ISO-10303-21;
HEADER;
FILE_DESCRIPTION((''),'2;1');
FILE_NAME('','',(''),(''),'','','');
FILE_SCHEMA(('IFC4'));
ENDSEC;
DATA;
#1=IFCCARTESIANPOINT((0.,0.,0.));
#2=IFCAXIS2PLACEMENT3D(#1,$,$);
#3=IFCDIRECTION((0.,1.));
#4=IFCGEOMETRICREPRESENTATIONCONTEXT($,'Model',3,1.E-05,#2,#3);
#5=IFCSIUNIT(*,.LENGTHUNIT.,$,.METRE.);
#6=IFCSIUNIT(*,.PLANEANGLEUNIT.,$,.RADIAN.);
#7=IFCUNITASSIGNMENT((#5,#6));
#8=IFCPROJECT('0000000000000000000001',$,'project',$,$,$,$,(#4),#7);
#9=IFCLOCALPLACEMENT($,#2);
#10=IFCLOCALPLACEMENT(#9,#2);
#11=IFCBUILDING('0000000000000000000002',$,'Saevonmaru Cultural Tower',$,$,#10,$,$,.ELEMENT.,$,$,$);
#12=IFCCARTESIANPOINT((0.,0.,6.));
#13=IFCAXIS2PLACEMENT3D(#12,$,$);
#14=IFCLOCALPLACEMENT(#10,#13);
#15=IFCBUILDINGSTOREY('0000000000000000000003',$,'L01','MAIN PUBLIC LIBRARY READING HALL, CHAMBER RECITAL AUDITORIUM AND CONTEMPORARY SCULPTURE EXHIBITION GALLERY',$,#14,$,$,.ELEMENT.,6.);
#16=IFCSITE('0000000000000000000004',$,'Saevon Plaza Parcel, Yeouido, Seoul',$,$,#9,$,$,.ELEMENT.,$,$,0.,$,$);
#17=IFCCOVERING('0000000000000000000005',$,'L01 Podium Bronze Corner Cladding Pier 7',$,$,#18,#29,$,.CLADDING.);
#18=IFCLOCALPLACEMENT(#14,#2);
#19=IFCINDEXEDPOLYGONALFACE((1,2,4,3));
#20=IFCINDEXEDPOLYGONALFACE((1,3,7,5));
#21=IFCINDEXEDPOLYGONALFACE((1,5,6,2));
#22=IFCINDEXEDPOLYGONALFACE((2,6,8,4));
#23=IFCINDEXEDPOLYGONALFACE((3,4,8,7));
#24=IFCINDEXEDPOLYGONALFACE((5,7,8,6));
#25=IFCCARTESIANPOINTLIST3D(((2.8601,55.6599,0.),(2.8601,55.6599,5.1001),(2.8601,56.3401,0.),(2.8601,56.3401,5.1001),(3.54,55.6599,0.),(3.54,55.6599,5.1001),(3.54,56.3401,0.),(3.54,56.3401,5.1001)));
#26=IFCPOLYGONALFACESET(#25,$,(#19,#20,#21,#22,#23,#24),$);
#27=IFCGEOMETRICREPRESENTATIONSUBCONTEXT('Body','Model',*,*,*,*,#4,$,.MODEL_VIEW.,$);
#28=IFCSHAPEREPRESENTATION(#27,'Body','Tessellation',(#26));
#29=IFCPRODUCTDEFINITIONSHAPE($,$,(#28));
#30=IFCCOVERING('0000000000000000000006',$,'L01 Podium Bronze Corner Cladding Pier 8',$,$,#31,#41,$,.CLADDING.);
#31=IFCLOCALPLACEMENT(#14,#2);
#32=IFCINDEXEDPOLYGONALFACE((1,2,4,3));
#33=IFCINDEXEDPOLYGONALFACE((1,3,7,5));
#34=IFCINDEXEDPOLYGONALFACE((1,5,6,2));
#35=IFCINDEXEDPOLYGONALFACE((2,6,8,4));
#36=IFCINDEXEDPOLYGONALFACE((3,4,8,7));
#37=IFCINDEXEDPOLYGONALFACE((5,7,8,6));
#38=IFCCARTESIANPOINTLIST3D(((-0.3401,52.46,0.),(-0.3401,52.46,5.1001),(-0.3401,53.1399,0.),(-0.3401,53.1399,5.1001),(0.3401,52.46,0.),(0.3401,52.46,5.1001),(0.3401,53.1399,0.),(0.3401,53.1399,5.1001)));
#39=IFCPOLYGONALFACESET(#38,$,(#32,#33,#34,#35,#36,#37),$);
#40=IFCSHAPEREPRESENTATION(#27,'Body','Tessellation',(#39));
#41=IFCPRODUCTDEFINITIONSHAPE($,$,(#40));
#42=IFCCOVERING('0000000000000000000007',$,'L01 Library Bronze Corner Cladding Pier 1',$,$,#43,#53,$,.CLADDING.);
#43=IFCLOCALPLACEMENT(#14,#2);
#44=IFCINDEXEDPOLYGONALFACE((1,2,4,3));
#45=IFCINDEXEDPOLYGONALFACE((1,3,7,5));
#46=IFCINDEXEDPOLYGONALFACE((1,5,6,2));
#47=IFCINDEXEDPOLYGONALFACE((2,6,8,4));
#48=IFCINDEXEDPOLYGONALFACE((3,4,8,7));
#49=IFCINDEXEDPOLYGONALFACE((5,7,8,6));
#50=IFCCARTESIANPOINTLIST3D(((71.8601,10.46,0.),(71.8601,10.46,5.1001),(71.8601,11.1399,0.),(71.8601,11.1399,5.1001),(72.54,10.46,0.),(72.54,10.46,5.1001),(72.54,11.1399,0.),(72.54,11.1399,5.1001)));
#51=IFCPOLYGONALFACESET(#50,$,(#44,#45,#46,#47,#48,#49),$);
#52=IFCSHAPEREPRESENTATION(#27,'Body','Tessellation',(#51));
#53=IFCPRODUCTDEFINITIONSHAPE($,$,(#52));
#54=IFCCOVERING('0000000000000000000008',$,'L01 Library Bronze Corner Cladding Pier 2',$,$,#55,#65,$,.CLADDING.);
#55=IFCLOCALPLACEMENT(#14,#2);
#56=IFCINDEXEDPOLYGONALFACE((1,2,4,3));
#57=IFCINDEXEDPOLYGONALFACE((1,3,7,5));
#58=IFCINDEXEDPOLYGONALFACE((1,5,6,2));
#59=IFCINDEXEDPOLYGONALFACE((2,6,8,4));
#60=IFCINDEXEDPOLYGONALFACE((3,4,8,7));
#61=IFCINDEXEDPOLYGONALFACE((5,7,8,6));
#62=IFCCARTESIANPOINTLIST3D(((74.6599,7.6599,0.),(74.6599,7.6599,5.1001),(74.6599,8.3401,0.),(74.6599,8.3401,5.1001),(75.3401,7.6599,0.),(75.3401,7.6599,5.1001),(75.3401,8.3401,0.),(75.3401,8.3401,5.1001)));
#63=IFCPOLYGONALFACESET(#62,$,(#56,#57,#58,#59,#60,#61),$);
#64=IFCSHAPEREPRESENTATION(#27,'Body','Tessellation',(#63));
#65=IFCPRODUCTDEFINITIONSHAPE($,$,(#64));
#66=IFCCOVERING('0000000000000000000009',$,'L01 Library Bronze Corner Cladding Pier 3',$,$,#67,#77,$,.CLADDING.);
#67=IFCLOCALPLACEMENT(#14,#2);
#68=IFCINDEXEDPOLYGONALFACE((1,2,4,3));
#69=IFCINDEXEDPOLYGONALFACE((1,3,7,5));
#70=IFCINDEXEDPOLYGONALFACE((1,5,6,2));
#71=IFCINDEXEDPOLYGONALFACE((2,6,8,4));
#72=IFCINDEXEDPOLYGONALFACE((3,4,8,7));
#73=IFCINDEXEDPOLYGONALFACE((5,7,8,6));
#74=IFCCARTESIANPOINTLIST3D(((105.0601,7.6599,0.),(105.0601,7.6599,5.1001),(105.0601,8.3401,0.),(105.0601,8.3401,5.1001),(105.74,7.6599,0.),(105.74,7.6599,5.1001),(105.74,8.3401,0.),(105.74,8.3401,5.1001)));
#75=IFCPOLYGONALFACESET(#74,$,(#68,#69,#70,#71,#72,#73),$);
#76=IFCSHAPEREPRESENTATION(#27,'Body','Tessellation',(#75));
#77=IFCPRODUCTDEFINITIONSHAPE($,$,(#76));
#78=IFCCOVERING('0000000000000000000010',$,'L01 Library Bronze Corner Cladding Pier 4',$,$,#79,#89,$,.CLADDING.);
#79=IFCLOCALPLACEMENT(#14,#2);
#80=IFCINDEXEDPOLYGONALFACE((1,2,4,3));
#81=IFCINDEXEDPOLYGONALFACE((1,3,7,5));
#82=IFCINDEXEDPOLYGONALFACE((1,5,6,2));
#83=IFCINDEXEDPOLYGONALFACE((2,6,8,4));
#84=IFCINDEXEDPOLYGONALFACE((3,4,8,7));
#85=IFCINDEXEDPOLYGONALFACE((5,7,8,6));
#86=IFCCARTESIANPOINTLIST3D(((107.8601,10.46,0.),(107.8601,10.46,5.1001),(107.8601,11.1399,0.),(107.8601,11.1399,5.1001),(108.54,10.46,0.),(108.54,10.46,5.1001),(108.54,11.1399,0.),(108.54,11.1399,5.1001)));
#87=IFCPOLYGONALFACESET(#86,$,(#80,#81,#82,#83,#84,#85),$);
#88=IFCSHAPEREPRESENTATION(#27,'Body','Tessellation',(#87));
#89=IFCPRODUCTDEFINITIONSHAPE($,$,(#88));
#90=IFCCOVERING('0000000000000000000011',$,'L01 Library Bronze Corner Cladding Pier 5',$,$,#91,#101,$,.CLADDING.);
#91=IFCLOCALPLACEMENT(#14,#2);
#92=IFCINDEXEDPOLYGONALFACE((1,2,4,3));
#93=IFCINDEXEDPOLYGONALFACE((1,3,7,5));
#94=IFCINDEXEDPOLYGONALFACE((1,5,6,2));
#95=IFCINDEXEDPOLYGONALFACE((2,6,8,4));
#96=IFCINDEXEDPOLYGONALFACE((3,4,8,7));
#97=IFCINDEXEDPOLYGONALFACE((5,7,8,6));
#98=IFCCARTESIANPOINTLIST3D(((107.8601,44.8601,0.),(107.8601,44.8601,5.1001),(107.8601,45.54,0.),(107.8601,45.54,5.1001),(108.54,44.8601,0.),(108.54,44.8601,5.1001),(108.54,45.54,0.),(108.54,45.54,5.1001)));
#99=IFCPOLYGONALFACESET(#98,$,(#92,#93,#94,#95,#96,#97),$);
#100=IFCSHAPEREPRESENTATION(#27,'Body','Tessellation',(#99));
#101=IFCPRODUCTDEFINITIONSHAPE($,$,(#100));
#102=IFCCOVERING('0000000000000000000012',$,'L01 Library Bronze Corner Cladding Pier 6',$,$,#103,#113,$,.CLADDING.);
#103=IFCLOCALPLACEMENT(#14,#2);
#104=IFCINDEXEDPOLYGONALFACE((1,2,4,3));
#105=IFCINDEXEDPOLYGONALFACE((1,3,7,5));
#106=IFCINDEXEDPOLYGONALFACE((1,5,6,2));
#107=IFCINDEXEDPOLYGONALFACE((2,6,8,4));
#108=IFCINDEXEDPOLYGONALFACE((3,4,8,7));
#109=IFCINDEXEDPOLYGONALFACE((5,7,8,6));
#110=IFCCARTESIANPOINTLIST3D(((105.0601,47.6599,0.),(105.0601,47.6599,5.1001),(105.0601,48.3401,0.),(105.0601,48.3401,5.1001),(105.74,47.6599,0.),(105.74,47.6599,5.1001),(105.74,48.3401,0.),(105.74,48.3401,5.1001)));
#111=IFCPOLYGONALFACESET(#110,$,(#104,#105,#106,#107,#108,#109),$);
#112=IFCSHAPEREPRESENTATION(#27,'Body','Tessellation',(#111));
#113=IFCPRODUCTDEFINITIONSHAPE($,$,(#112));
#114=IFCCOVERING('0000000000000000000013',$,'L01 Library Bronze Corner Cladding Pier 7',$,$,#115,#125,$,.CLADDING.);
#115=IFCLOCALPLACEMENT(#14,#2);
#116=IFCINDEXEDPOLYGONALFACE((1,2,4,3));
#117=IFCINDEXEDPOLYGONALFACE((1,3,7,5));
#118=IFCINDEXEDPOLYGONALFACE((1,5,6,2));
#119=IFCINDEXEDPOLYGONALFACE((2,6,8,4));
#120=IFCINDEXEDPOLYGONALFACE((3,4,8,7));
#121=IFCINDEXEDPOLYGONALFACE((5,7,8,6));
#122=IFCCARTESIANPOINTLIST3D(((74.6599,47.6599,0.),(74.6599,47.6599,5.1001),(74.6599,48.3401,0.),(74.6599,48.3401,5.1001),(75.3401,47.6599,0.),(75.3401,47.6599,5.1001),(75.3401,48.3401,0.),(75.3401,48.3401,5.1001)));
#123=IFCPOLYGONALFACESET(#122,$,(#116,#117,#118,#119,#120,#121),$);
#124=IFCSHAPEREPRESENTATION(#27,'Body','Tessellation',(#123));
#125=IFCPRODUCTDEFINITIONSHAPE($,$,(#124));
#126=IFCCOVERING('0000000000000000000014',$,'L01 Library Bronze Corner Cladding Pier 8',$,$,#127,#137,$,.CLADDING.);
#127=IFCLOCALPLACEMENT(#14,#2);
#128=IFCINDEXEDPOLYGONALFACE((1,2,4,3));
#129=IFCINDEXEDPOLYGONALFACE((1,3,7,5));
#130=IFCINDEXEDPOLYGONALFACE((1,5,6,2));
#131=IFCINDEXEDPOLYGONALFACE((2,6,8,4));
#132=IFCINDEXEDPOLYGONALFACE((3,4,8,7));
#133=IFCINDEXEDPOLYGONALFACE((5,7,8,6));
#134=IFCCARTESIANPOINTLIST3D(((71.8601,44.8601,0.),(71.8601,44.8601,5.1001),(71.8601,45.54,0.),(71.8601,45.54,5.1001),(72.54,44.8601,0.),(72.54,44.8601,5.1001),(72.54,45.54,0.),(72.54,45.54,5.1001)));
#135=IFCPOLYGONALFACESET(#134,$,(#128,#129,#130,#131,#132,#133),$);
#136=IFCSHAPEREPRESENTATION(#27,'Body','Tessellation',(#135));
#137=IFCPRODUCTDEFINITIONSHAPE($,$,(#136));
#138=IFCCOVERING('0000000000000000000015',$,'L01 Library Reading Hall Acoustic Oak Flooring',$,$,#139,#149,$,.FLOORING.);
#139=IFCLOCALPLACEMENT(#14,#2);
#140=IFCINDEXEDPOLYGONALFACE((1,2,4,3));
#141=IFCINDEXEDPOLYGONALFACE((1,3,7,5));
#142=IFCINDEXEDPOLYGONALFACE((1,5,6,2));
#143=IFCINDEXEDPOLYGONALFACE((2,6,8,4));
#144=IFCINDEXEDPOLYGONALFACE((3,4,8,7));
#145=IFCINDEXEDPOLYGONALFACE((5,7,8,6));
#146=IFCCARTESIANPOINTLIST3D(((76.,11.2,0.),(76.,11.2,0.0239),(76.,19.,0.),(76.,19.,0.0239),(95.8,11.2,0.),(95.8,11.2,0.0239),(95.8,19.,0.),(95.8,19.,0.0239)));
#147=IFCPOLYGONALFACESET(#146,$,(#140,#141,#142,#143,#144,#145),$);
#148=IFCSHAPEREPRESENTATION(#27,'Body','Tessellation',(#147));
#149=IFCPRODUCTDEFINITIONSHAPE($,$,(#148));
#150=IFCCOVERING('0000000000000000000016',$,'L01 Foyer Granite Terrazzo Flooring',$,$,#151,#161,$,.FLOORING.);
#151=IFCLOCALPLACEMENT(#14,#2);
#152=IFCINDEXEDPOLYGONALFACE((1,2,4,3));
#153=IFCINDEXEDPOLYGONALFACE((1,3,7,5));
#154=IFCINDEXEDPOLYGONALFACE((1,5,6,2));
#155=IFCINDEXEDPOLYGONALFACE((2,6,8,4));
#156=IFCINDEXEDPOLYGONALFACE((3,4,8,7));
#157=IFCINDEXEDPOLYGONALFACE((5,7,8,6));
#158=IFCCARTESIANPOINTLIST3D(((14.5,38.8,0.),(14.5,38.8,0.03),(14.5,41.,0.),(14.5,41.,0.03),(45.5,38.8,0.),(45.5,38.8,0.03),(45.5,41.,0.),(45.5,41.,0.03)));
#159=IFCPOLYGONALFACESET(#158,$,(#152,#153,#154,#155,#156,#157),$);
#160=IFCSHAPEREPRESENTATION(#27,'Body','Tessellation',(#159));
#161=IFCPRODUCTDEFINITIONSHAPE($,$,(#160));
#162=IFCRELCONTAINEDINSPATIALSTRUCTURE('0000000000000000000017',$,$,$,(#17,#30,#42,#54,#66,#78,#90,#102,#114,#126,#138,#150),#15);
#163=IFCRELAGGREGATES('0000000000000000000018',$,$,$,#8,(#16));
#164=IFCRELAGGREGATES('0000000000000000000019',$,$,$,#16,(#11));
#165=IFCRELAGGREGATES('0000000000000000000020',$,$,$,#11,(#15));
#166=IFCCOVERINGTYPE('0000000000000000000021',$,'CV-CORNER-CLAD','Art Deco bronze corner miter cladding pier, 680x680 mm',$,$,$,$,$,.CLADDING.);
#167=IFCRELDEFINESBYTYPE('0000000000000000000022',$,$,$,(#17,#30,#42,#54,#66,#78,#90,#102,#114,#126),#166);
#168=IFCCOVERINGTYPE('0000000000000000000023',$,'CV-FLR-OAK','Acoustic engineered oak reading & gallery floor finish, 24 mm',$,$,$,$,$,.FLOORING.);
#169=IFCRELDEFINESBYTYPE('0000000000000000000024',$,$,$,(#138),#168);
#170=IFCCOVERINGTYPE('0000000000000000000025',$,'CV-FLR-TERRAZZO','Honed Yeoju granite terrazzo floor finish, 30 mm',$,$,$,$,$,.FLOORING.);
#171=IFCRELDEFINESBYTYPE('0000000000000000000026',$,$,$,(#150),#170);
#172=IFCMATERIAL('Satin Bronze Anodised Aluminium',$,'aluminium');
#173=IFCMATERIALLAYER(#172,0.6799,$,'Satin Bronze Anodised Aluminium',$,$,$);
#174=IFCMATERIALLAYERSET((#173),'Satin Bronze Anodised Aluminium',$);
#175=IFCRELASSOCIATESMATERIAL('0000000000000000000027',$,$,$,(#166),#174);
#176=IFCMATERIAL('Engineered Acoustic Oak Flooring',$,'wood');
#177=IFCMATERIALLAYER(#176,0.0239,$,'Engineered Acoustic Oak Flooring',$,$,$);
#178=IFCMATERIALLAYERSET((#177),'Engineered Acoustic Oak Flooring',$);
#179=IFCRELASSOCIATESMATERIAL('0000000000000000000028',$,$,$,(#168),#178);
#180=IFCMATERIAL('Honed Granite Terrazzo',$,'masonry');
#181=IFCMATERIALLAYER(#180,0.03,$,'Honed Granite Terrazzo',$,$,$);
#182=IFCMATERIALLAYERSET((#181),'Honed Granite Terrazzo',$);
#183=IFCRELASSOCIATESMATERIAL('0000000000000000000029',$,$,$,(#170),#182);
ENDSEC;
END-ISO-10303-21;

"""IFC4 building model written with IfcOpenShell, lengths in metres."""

from ifc_helpers import new_model, si_unit, direction, frame, origin, place, context, subcontext, project, spatial, polyline, outline, extrude, material, layer, layer_set, type_object, element, save


model = new_model("IFC4")

# Units and contexts
model_context = context("Model", 3, precision=1e-05, world=origin(), true_north=direction((0.0, 1.0)))
body_context = subcontext(model_context, "Body", "Model", "MODEL_VIEW")
ifc_project = project(units=[si_unit("LENGTHUNIT", "METRE"), si_unit("PLANEANGLEUNIT", "RADIAN")], contexts=[model_context])

# Site, building, storey
site_placement = place(None, origin())
site = spatial("IfcSite", under=ifc_project, at=site_placement, Name="Saevon Plaza Parcel, Yeouido, Seoul", CompositionType="ELEMENT", RefElevation=0.0)
building_placement = place(site_placement, origin())
building = spatial("IfcBuilding", under=site, at=building_placement, Name="Saevonmaru Cultural Tower", CompositionType="ELEMENT")
storey_placement = place(building_placement, frame((0.0, 0.0, 6.0)))
storey = spatial("IfcBuildingStorey", under=building, at=storey_placement, Name="L01", Description="MAIN PUBLIC LIBRARY READING HALL, CHAMBER RECITAL AUDITORIUM AND CONTEMPORARY SCULPTURE EXHIBITION GALLERY", CompositionType="ELEMENT", Elevation=6.0)

# Shared definitions
ifc_material_1 = material(Name="Satin Bronze Anodised Aluminium", Category="aluminium")

# Coverings
ifc_layer_1 = layer(ifc_material_1, 0.6799, Name="Satin Bronze Anodised Aluminium")
ifc_layer_set_1 = layer_set([ifc_layer_1], Name="Satin Bronze Anodised Aluminium")
covering_type_1 = type_object("IfcCoveringType", Name="CV-CORNER-CLAD", Description="Art Deco bronze corner miter cladding pier, 680x680 mm", PredefinedType="CLADDING", material=ifc_layer_set_1)
covering_1_placement = place(storey_placement, origin())
element("IfcCovering", 1, at=covering_1_placement, inside=storey, type_object=covering_type_1, Name="L01 Podium Bronze Corner Cladding Pier 7", PredefinedType="CLADDING", context=body_context, shape_type="SweptSolid", body=[
    extrude(outline(polyline([(2.8601, 55.6599), (3.54, 55.6599), (3.54, 56.3401), (2.8601, 56.3401), (2.8601, 55.6599)])), origin(), (0.0, 0.0, 1.0), 5.1001),
])
covering_2_placement = place(storey_placement, origin())
element("IfcCovering", 2, at=covering_2_placement, inside=storey, type_object=covering_type_1, Name="L01 Podium Bronze Corner Cladding Pier 8", PredefinedType="CLADDING", context=body_context, shape_type="SweptSolid", body=[
    extrude(outline(polyline([(-0.3401, 52.46), (0.3401, 52.46), (0.3401, 53.1399), (-0.3401, 53.1399), (-0.3401, 52.46)])), origin(), (0.0, 0.0, 1.0), 5.1001),
])
covering_3_placement = place(storey_placement, origin())
element("IfcCovering", 3, at=covering_3_placement, inside=storey, type_object=covering_type_1, Name="L01 Library Bronze Corner Cladding Pier 1", PredefinedType="CLADDING", context=body_context, shape_type="SweptSolid", body=[
    extrude(outline(polyline([(71.8601, 10.46), (72.54, 10.46), (72.54, 11.1399), (71.8601, 11.1399), (71.8601, 10.46)])), origin(), (0.0, 0.0, 1.0), 5.1001),
])
covering_4_placement = place(storey_placement, origin())
element("IfcCovering", 4, at=covering_4_placement, inside=storey, type_object=covering_type_1, Name="L01 Library Bronze Corner Cladding Pier 2", PredefinedType="CLADDING", context=body_context, shape_type="SweptSolid", body=[
    extrude(outline(polyline([(74.6599, 7.6599), (75.3401, 7.6599), (75.3401, 8.3401), (74.6599, 8.3401), (74.6599, 7.6599)])), origin(), (0.0, 0.0, 1.0), 5.1001),
])
covering_5_placement = place(storey_placement, origin())
element("IfcCovering", 5, at=covering_5_placement, inside=storey, type_object=covering_type_1, Name="L01 Library Bronze Corner Cladding Pier 3", PredefinedType="CLADDING", context=body_context, shape_type="SweptSolid", body=[
    extrude(outline(polyline([(105.0601, 7.6599), (105.74, 7.6599), (105.74, 8.3401), (105.0601, 8.3401), (105.0601, 7.6599)])), origin(), (0.0, 0.0, 1.0), 5.1001),
])
covering_6_placement = place(storey_placement, origin())
element("IfcCovering", 6, at=covering_6_placement, inside=storey, type_object=covering_type_1, Name="L01 Library Bronze Corner Cladding Pier 4", PredefinedType="CLADDING", context=body_context, shape_type="SweptSolid", body=[
    extrude(outline(polyline([(107.8601, 10.46), (108.54, 10.46), (108.54, 11.1399), (107.8601, 11.1399), (107.8601, 10.46)])), origin(), (0.0, 0.0, 1.0), 5.1001),
])
covering_7_placement = place(storey_placement, origin())
element("IfcCovering", 7, at=covering_7_placement, inside=storey, type_object=covering_type_1, Name="L01 Library Bronze Corner Cladding Pier 5", PredefinedType="CLADDING", context=body_context, shape_type="SweptSolid", body=[
    extrude(outline(polyline([(107.8601, 44.8601), (108.54, 44.8601), (108.54, 45.54), (107.8601, 45.54), (107.8601, 44.8601)])), origin(), (0.0, 0.0, 1.0), 5.1001),
])
covering_8_placement = place(storey_placement, origin())
element("IfcCovering", 8, at=covering_8_placement, inside=storey, type_object=covering_type_1, Name="L01 Library Bronze Corner Cladding Pier 6", PredefinedType="CLADDING", context=body_context, shape_type="SweptSolid", body=[
    extrude(outline(polyline([(105.0601, 47.6599), (105.74, 47.6599), (105.74, 48.3401), (105.0601, 48.3401), (105.0601, 47.6599)])), origin(), (0.0, 0.0, 1.0), 5.1001),
])
covering_9_placement = place(storey_placement, origin())
element("IfcCovering", 9, at=covering_9_placement, inside=storey, type_object=covering_type_1, Name="L01 Library Bronze Corner Cladding Pier 7", PredefinedType="CLADDING", context=body_context, shape_type="SweptSolid", body=[
    extrude(outline(polyline([(74.6599, 47.6599), (75.3401, 47.6599), (75.3401, 48.3401), (74.6599, 48.3401), (74.6599, 47.6599)])), origin(), (0.0, 0.0, 1.0), 5.1001),
])
covering_10_placement = place(storey_placement, origin())
element("IfcCovering", 10, at=covering_10_placement, inside=storey, type_object=covering_type_1, Name="L01 Library Bronze Corner Cladding Pier 8", PredefinedType="CLADDING", context=body_context, shape_type="SweptSolid", body=[
    extrude(outline(polyline([(71.8601, 44.8601), (72.54, 44.8601), (72.54, 45.54), (71.8601, 45.54), (71.8601, 44.8601)])), origin(), (0.0, 0.0, 1.0), 5.1001),
])
ifc_material_2 = material(Name="Engineered Acoustic Oak Flooring", Category="wood")
ifc_layer_2 = layer(ifc_material_2, 0.0239, Name="Engineered Acoustic Oak Flooring")
ifc_layer_set_2 = layer_set([ifc_layer_2], Name="Engineered Acoustic Oak Flooring")
covering_type_2 = type_object("IfcCoveringType", Name="CV-FLR-OAK", Description="Acoustic engineered oak reading & gallery floor finish, 24 mm", PredefinedType="FLOORING", material=ifc_layer_set_2)
covering_11_placement = place(storey_placement, origin())
element("IfcCovering", 11, at=covering_11_placement, inside=storey, type_object=covering_type_2, Name="L01 Library Reading Hall Acoustic Oak Flooring", PredefinedType="FLOORING", context=body_context, shape_type="SweptSolid", body=[
    extrude(outline(polyline([(76.0, 11.2), (95.8, 11.2), (95.8, 19.0), (76.0, 19.0), (76.0, 11.2)])), origin(), (0.0, 0.0, 1.0), 0.0239),
])
ifc_material_3 = material(Name="Honed Granite Terrazzo", Category="masonry")
ifc_layer_3 = layer(ifc_material_3, 0.03, Name="Honed Granite Terrazzo")
ifc_layer_set_3 = layer_set([ifc_layer_3], Name="Honed Granite Terrazzo")
covering_type_3 = type_object("IfcCoveringType", Name="CV-FLR-TERRAZZO", Description="Honed Yeoju granite terrazzo floor finish, 30 mm", PredefinedType="FLOORING", material=ifc_layer_set_3)
covering_12_placement = place(storey_placement, origin())
element("IfcCovering", 12, at=covering_12_placement, inside=storey, type_object=covering_type_3, Name="L01 Foyer Granite Terrazzo Flooring", PredefinedType="FLOORING", context=body_context, shape_type="SweptSolid", body=[
    extrude(outline(polyline([(14.5, 38.8), (45.5, 38.8), (45.5, 41.0), (14.5, 41.0), (14.5, 38.8)])), origin(), (0.0, 0.0, 1.0), 0.03),
])

save(model, "model.ifc")
